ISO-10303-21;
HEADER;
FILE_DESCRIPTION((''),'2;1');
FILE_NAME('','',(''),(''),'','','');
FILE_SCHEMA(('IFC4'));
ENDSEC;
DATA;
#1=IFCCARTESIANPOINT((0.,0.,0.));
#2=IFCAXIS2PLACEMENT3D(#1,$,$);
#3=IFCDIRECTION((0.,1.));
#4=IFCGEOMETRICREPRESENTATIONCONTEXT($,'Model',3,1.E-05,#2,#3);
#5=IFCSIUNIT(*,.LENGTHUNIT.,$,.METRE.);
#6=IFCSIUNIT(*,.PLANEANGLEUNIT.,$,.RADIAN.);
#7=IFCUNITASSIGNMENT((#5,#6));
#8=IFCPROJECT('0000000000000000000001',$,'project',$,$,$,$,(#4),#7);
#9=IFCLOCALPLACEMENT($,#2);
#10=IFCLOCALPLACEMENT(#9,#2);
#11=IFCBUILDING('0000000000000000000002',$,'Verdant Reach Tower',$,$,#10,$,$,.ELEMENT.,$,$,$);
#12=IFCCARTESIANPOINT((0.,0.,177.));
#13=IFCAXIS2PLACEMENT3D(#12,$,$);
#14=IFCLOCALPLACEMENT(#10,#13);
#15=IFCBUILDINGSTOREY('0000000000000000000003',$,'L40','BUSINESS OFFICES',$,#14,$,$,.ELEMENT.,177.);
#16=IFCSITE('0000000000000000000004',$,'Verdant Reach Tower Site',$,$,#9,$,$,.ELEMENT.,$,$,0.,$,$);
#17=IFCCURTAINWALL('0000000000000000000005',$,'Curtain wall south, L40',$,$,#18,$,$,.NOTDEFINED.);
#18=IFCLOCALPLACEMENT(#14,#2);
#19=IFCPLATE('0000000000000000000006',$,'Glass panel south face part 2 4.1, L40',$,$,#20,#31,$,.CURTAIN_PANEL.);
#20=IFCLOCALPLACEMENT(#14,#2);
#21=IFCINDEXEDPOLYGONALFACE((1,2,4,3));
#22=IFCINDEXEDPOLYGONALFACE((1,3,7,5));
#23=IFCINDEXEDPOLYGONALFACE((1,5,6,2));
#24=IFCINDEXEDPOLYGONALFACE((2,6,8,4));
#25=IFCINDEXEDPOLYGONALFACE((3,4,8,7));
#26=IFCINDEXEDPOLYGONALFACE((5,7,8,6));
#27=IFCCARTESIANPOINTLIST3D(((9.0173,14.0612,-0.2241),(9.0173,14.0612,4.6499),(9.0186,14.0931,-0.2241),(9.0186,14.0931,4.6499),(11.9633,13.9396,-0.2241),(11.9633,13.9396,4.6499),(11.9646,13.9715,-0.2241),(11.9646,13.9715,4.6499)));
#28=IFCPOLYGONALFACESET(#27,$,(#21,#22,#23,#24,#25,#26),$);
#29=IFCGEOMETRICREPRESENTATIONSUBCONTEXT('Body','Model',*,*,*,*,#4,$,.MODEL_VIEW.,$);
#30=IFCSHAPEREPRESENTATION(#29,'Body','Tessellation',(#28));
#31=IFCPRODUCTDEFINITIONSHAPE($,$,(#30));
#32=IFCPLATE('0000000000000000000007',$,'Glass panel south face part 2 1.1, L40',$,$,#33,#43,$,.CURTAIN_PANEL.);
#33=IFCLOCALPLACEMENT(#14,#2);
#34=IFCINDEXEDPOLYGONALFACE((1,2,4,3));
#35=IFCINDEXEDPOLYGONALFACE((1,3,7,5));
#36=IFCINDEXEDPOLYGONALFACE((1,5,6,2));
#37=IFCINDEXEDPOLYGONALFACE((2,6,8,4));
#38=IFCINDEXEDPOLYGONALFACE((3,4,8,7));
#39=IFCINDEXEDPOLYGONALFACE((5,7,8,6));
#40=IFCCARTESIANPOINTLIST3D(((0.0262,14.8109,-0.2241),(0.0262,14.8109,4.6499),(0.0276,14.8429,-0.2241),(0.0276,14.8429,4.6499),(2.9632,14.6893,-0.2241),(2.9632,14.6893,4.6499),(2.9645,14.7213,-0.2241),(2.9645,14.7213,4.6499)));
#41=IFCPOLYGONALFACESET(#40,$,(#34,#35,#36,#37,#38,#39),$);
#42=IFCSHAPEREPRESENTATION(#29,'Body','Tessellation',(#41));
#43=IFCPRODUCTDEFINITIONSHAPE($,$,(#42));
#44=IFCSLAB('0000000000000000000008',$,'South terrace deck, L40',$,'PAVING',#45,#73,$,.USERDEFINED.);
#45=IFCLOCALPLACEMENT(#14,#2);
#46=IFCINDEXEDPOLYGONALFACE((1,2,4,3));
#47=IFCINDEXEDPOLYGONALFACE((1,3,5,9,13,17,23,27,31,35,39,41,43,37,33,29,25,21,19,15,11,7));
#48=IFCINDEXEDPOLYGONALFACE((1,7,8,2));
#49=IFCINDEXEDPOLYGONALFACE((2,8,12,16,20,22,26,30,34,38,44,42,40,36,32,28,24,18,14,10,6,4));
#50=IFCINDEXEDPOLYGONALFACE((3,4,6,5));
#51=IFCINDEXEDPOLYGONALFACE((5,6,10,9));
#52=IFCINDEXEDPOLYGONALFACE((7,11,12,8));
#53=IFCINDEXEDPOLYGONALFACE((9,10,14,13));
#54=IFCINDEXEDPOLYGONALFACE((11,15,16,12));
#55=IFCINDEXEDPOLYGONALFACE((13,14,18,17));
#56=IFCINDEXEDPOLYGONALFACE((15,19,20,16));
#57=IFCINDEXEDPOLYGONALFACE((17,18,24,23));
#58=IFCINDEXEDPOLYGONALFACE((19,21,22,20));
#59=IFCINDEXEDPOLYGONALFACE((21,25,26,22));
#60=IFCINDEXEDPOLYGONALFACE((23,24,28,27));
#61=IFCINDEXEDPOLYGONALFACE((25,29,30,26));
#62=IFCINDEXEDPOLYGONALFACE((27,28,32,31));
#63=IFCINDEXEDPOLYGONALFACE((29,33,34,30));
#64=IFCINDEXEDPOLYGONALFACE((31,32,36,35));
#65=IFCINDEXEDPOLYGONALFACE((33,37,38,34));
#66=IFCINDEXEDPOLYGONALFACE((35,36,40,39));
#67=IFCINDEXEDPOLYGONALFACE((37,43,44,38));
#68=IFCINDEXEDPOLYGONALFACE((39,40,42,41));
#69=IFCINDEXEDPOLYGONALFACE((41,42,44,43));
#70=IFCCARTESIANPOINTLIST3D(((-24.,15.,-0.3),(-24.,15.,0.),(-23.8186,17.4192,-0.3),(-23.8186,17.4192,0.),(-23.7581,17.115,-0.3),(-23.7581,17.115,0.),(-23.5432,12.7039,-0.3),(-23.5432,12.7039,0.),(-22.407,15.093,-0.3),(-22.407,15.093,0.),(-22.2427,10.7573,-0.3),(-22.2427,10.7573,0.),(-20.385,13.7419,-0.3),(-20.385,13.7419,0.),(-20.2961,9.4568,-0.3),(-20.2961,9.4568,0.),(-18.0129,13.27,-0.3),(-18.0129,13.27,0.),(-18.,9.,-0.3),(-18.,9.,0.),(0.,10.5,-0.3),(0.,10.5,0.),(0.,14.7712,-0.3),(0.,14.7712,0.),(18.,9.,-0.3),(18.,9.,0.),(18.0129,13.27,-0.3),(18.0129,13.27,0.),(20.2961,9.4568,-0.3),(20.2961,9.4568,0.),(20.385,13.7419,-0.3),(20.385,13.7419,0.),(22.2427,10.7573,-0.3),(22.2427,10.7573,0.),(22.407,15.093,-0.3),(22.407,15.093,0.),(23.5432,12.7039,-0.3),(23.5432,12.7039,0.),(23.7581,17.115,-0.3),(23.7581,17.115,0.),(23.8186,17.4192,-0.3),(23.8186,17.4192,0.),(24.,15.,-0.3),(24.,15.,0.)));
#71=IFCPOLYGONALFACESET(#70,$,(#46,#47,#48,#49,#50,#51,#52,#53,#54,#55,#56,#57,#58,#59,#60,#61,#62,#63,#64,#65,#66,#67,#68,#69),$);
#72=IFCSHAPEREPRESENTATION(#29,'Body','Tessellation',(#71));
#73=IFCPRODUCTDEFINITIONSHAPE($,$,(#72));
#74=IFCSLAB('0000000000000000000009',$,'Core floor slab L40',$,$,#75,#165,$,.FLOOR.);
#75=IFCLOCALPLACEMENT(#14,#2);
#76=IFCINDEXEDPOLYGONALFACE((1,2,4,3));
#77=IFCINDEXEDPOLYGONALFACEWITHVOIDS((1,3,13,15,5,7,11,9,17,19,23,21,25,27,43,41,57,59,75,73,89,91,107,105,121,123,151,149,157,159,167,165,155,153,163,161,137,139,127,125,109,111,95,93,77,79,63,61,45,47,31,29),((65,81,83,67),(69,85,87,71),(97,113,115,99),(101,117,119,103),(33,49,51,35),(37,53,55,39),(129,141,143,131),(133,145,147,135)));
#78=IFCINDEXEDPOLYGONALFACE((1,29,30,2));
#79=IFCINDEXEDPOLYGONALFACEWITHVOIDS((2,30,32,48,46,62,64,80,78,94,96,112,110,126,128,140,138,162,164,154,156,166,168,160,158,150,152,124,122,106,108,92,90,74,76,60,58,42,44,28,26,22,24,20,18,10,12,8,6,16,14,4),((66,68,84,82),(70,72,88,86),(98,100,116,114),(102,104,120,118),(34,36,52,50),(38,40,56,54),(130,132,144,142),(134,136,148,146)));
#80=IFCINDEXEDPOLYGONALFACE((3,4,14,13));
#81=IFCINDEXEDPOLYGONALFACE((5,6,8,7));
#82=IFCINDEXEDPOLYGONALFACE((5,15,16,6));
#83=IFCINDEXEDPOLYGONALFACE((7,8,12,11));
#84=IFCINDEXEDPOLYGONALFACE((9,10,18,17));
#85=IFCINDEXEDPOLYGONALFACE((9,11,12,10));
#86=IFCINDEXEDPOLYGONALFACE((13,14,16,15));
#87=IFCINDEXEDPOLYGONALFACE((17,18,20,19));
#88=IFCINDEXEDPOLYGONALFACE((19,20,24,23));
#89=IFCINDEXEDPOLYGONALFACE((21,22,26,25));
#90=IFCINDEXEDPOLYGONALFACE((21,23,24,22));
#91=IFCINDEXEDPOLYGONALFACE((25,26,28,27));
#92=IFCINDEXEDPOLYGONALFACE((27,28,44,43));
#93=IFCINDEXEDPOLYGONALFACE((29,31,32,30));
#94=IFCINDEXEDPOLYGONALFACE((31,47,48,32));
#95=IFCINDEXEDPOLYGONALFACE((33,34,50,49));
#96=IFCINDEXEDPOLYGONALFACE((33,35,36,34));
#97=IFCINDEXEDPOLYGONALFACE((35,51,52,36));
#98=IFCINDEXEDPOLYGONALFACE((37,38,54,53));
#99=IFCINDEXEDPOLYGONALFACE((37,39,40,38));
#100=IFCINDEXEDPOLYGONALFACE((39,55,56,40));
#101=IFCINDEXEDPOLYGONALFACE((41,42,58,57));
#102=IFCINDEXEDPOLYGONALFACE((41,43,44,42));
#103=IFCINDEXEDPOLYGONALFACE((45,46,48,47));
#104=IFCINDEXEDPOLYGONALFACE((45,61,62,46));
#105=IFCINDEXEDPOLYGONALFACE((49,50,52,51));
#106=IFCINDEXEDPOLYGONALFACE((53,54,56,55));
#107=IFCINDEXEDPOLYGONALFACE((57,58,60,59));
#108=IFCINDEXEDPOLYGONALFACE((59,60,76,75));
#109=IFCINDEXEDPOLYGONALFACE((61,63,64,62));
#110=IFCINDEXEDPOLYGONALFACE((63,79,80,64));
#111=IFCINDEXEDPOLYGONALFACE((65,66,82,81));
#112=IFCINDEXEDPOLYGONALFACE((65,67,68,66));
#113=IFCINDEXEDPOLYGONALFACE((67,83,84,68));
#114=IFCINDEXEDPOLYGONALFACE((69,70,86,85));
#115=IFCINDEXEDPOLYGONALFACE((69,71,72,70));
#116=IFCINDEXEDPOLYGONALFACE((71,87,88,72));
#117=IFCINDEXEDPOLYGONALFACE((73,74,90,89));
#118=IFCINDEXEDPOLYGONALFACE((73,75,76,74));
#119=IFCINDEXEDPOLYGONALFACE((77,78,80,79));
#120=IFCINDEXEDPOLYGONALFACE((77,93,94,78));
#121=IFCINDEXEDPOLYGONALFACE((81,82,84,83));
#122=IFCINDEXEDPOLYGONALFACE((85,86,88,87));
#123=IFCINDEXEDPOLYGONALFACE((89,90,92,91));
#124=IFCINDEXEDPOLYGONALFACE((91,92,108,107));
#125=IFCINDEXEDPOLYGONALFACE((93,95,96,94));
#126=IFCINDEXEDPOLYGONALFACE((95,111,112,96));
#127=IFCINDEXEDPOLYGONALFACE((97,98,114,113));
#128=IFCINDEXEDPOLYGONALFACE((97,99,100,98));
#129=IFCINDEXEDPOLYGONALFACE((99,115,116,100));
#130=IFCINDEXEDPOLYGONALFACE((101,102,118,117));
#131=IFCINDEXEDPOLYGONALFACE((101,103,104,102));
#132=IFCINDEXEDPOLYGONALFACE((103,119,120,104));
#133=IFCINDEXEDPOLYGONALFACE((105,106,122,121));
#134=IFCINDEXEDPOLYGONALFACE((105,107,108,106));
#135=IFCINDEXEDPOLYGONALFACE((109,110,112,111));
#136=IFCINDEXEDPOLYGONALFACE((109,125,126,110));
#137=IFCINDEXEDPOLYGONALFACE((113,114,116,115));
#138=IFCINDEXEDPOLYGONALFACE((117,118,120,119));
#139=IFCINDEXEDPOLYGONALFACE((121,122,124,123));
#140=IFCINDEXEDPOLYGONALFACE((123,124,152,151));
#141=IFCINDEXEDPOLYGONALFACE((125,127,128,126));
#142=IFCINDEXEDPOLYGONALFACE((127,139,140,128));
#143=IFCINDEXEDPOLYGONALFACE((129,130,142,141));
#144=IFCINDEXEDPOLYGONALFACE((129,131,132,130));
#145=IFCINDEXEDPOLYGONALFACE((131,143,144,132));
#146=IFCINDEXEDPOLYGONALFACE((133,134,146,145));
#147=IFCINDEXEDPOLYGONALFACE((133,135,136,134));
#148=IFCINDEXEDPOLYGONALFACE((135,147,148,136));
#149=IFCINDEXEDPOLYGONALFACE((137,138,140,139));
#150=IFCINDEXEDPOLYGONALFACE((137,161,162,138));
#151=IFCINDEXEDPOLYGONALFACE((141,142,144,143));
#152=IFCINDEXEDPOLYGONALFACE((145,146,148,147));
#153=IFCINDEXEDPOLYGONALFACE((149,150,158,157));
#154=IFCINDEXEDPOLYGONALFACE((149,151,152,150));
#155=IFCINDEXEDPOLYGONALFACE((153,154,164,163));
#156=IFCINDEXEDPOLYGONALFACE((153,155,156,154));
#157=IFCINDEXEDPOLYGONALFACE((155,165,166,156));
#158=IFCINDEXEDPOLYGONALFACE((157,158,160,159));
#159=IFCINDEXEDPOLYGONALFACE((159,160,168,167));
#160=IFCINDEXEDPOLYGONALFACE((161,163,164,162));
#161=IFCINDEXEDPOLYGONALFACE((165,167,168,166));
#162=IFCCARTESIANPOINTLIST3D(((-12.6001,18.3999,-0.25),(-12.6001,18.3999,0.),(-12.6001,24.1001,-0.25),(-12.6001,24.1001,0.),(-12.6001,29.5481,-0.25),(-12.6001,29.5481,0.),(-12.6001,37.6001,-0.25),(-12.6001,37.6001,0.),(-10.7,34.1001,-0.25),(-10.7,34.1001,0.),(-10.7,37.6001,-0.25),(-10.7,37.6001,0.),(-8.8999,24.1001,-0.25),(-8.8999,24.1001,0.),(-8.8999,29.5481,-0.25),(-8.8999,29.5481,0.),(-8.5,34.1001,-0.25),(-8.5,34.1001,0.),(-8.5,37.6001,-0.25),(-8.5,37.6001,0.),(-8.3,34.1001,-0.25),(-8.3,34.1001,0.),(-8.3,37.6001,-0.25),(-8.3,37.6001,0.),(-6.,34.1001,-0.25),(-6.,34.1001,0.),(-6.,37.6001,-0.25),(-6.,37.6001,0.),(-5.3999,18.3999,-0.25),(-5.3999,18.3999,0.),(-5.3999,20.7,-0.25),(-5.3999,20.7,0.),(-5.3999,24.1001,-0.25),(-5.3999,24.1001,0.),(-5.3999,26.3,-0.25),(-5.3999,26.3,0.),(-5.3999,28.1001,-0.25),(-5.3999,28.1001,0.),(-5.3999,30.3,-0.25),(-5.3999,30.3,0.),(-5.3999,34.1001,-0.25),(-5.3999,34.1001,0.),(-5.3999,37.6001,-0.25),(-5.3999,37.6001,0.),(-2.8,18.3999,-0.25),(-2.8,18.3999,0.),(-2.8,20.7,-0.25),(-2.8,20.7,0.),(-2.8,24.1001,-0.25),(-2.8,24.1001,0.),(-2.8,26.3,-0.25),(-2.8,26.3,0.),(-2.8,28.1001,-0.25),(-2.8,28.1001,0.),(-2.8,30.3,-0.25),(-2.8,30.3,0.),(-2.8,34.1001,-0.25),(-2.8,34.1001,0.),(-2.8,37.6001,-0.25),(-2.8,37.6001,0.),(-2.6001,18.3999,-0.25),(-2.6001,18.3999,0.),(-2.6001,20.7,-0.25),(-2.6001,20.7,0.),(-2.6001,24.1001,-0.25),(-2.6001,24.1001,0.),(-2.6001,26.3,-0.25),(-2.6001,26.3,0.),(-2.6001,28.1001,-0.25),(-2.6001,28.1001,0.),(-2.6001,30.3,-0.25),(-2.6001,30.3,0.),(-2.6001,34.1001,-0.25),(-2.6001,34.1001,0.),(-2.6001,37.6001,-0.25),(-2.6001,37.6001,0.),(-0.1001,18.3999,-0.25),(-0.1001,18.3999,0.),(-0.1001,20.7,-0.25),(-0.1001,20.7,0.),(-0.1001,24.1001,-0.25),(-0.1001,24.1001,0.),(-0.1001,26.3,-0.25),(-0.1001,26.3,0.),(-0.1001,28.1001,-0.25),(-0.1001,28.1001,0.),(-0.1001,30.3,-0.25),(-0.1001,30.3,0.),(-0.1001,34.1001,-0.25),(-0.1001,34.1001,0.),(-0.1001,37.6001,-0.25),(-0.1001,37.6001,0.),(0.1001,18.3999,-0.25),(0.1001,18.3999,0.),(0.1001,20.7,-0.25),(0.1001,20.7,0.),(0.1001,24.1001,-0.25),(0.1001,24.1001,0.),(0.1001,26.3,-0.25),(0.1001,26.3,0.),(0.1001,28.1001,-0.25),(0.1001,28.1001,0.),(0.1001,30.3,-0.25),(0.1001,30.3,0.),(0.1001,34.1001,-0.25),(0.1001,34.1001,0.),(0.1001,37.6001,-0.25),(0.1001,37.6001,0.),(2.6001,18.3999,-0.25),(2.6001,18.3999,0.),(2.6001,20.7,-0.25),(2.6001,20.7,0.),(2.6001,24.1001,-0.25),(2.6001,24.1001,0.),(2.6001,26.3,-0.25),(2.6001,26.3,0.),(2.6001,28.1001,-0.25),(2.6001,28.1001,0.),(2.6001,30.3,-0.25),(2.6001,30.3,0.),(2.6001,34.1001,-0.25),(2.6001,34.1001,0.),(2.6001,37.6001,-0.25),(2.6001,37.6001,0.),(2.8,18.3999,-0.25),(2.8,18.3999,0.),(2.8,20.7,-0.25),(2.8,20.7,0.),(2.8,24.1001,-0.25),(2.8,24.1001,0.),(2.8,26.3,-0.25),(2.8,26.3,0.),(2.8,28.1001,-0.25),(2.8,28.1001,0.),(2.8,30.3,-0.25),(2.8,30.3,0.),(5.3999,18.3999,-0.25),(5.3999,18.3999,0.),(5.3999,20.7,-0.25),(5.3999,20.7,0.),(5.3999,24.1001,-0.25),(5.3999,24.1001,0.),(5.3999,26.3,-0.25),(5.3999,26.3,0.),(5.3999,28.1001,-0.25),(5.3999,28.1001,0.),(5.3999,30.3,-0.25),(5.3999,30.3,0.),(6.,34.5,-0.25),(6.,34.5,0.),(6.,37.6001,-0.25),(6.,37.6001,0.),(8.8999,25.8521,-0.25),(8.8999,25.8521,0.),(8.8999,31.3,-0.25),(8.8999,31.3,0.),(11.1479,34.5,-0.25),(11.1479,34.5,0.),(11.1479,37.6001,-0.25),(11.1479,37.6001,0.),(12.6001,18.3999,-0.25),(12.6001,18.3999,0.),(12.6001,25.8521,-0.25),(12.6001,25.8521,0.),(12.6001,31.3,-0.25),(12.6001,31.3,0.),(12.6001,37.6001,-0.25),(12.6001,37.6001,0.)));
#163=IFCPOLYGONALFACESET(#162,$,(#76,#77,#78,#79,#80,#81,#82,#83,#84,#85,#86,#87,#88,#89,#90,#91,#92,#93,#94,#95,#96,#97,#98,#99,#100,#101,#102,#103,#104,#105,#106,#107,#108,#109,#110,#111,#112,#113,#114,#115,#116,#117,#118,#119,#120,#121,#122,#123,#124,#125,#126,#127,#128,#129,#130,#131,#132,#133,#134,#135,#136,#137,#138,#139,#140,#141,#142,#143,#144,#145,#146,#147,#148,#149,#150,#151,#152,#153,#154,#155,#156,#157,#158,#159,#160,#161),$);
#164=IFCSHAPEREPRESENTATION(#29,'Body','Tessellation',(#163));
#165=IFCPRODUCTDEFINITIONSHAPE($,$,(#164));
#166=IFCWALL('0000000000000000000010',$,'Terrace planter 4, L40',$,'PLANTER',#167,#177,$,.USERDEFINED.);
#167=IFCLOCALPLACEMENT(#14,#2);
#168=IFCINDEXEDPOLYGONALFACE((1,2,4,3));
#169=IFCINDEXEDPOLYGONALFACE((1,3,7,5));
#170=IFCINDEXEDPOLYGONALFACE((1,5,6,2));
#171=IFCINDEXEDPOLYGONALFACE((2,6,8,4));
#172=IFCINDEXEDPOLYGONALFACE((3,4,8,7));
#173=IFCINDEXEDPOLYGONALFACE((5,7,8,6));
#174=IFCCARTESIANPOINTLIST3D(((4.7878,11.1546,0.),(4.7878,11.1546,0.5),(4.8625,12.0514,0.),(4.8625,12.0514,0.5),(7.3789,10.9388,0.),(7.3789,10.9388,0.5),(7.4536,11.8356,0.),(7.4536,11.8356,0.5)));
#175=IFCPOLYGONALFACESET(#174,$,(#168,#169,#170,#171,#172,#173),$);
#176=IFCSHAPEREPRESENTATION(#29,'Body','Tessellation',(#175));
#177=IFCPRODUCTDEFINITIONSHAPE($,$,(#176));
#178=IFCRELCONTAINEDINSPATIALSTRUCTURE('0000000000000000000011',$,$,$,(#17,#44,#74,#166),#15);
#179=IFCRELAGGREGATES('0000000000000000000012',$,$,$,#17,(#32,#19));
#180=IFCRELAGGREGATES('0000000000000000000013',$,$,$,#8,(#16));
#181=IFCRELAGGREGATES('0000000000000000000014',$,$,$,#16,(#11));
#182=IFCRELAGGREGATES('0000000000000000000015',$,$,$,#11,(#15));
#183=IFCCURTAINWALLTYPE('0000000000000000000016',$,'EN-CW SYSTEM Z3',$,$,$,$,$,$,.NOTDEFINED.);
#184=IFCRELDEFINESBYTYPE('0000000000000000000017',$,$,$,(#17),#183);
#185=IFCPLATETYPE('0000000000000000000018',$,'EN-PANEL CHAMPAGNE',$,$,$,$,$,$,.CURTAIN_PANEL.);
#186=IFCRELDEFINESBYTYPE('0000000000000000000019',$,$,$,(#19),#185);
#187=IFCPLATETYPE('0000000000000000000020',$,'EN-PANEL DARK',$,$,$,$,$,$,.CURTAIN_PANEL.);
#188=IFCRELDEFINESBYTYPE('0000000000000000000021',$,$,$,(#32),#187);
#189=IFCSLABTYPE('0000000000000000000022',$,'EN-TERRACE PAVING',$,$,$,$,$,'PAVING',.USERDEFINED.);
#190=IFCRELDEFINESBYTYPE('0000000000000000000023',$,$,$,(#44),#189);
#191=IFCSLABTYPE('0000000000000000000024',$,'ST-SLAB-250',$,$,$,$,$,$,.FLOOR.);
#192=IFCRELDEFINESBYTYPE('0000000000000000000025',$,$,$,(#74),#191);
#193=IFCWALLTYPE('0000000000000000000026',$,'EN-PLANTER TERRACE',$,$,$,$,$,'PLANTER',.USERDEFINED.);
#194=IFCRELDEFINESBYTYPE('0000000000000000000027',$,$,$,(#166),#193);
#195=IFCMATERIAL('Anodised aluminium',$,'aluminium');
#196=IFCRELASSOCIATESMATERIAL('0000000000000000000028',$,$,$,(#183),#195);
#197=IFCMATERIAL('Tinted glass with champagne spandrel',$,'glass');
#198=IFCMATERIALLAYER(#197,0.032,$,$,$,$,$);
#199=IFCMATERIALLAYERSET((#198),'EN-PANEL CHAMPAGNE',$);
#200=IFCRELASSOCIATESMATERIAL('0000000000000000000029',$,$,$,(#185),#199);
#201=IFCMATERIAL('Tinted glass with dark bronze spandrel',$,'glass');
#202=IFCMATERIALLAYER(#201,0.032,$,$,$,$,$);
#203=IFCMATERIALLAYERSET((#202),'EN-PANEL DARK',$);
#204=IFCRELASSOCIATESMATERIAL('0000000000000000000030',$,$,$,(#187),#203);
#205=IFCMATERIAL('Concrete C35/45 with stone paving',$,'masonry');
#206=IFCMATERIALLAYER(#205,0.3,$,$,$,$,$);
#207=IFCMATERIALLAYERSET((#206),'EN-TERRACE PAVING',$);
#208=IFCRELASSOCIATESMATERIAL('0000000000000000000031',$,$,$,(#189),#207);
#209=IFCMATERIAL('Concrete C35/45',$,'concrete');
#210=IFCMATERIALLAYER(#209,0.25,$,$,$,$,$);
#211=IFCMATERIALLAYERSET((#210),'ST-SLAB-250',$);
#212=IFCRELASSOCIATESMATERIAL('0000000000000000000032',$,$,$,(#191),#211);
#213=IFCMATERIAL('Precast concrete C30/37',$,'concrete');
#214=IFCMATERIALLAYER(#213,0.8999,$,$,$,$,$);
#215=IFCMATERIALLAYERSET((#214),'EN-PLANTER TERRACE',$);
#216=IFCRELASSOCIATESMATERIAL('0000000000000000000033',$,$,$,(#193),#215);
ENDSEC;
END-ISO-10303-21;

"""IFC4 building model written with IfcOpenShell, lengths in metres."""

from ifc_helpers import new_model, si_unit, direction, frame, frame_2d, origin, origin_2d, place, context, subcontext, project, spatial, polyline, rectangle, outline, extrude, material, layer, layer_set, type_object, element, aggregate, save


model = new_model("IFC4")

# Units and contexts
model_context = context("Model", 3, precision=1e-05, world=origin(), true_north=direction((0.0, 1.0)))
body_context = subcontext(model_context, "Body", "Model", "MODEL_VIEW")
ifc_project = project(units=[si_unit("LENGTHUNIT", "METRE"), si_unit("PLANEANGLEUNIT", "RADIAN")], contexts=[model_context])

# Site, building, storey
site_placement = place(None, origin())
site = spatial("IfcSite", under=ifc_project, at=site_placement, Name="Verdant Reach Tower Site", CompositionType="ELEMENT", RefElevation=0.0)
building_placement = place(site_placement, origin())
building = spatial("IfcBuilding", under=site, at=building_placement, Name="Verdant Reach Tower", CompositionType="ELEMENT")
storey_placement = place(building_placement, frame((0.0, 0.0, 177.0)))
storey = spatial("IfcBuildingStorey", under=building, at=storey_placement, Name="L40", Description="BUSINESS OFFICES", CompositionType="ELEMENT", Elevation=177.0)

# Curtain wall
ifc_material_1 = material(Name="Anodised aluminium", Category="aluminium")
curtain_wall_type = type_object("IfcCurtainWallType", Name="EN-CW SYSTEM Z3", PredefinedType="NOTDEFINED", material=ifc_material_1)
curtain_wall_placement = place(storey_placement, origin())
curtain_wall = element("IfcCurtainWall", 1, at=curtain_wall_placement, inside=storey, type_object=curtain_wall_type, Name="Curtain wall south, L40", PredefinedType="NOTDEFINED")

# Plates
ifc_material_2 = material(Name="Tinted glass with champagne spandrel", Category="glass")
ifc_layer_1 = layer(ifc_material_2, 0.032)
ifc_layer_set_1 = layer_set([ifc_layer_1], Name="EN-PANEL CHAMPAGNE")
plate_type_1 = type_object("IfcPlateType", Name="EN-PANEL CHAMPAGNE", PredefinedType="CURTAIN_PANEL", material=ifc_layer_set_1)
plate_1_placement = place(storey_placement, frame((10.491, 14.0164, -0.2241), z_axis=(0.0, 0.0, 1.0), x_axis=(0.999149, -0.041242, 0.0)))
plate_1 = element("IfcPlate", 2, at=plate_1_placement, type_object=plate_type_1, Name="Glass panel south face part 2 4.1, L40", PredefinedType="CURTAIN_PANEL", context=body_context, shape_type="SweptSolid", body=[
    extrude(rectangle(XDim=2.9485, YDim=0.032, at=origin_2d()), origin(), (0.0, 0.0, 1.0), 4.874),
])
ifc_material_3 = material(Name="Tinted glass with dark bronze spandrel", Category="glass")
ifc_layer_2 = layer(ifc_material_3, 0.032)
ifc_layer_set_2 = layer_set([ifc_layer_2], Name="EN-PANEL DARK")
plate_type_2 = type_object("IfcPlateType", Name="EN-PANEL DARK", PredefinedType="CURTAIN_PANEL", material=ifc_layer_set_2)
plate_2_placement = place(storey_placement, frame((1.4954, 14.7661, -0.2241), z_axis=(0.0, 0.0, 1.0), x_axis=(0.999144, -0.041367, 0.0)))
plate_2 = element("IfcPlate", 3, at=plate_2_placement, type_object=plate_type_2, Name="Glass panel south face part 2 1.1, L40", PredefinedType="CURTAIN_PANEL", context=body_context, shape_type="SweptSolid", body=[
    extrude(rectangle(XDim=2.9395, YDim=0.032, at=origin_2d()), origin(), (0.0, 0.0, 1.0), 4.874),
])
aggregate(curtain_wall, [plate_2, plate_1])

# Slabs
ifc_material_4 = material(Name="Concrete C35/45 with stone paving", Category="masonry")
ifc_layer_3 = layer(ifc_material_4, 0.3)
ifc_layer_set_3 = layer_set([ifc_layer_3], Name="EN-TERRACE PAVING")
slab_type_1 = type_object("IfcSlabType", Name="EN-TERRACE PAVING", ElementType="PAVING", PredefinedType="USERDEFINED", material=ifc_layer_set_3)
slab_1_placement = place(storey_placement, frame((0.0, 0.0, -0.3)))
element("IfcSlab", 4, at=slab_1_placement, inside=storey, type_object=slab_type_1, Name="South terrace deck, L40", ObjectType="PAVING", PredefinedType="USERDEFINED", context=body_context, shape_type="SweptSolid", body=[
    extrude(outline(polyline([(24.0, 15.0), (23.5432, 12.7039), (22.2427, 10.7573), (20.2961, 9.4568), (18.0, 9.0), (0.0, 10.5), (-18.0, 9.0), (-20.2961, 9.4568), (-22.2427, 10.7573), (-23.5432, 12.7039), (-24.0, 15.0), (-23.8186, 17.4192), (-23.7581, 17.115), (-22.407, 15.093), (-20.385, 13.7419), (-18.0129, 13.27), (0.0, 14.7712), (18.0129, 13.27), (20.385, 13.7419), (22.407, 15.093), (23.7581, 17.115), (23.8186, 17.4192), (24.0, 15.0)])), origin(), (0.0, 0.0, 1.0), 0.3),
])
ifc_material_5 = material(Name="Concrete C35/45", Category="concrete")
ifc_layer_4 = layer(ifc_material_5, 0.25)
ifc_layer_set_4 = layer_set([ifc_layer_4], Name="ST-SLAB-250")
slab_type_2 = type_object("IfcSlabType", Name="ST-SLAB-250", PredefinedType="FLOOR", material=ifc_layer_set_4)
slab_2_placement = place(storey_placement, frame((0.0, 0.0, -0.25)))
element("IfcSlab", 5, at=slab_2_placement, inside=storey, type_object=slab_type_2, Name="Core floor slab L40", PredefinedType="FLOOR", context=body_context, shape_type="SweptSolid", body=[
    extrude(outline(polyline([(12.6001, 18.3999), (5.3999, 18.3999), (5.3999, 20.7), (2.8, 20.7), (2.8, 18.3999), (2.6001, 18.3999), (2.6001, 20.7), (0.1001, 20.7), (0.1001, 18.3999), (-0.1001, 18.3999), (-0.1001, 20.7), (-2.6001, 20.7), (-2.6001, 18.3999), (-2.8, 18.3999), (-2.8, 20.7), (-5.3999, 20.7), (-5.3999, 18.3999), (-12.6001, 18.3999), (-12.6001, 24.1001), (-8.8999, 24.1001), (-8.8999, 29.5481), (-12.6001, 29.5481), (-12.6001, 37.6001), (-10.7, 37.6001), (-10.7, 34.1001), (-8.5, 34.1001), (-8.5, 37.6001), (-8.3, 37.6001), (-8.3, 34.1001), (-6.0, 34.1001), (-6.0, 37.6001), (-5.3999, 37.6001), (-5.3999, 34.1001), (-2.8, 34.1001), (-2.8, 37.6001), (-2.6001, 37.6001), (-2.6001, 34.1001), (-0.1001, 34.1001), (-0.1001, 37.6001), (0.1001, 37.6001), (0.1001, 34.1001), (2.6001, 34.1001), (2.6001, 37.6001), (6.0, 37.6001), (6.0, 34.5), (11.1479, 34.5), (11.1479, 37.6001), (12.6001, 37.6001), (12.6001, 31.3), (8.8999, 31.3), (8.8999, 25.8521), (12.6001, 25.8521), (12.6001, 18.3999)]), holes=[polyline([(-2.8, 24.1001), (-2.8, 26.3), (-5.3999, 26.3), (-5.3999, 24.1001), (-2.8, 24.1001)]), polyline([(-2.6001, 24.1001), (-0.1001, 24.1001), (-0.1001, 26.3), (-2.6001, 26.3), (-2.6001, 24.1001)]), polyline([(-2.8, 28.1001), (-2.8, 30.3), (-5.3999, 30.3), (-5.3999, 28.1001), (-2.8, 28.1001)]), polyline([(-0.1001, 28.1001), (-0.1001, 30.3), (-2.6001, 30.3), (-2.6001, 28.1001), (-0.1001, 28.1001)]), polyline([(2.6001, 24.1001), (2.6001, 26.3), (0.1001, 26.3), (0.1001, 24.1001), (2.6001, 24.1001)]), polyline([(2.8, 24.1001), (5.3999, 24.1001), (5.3999, 26.3), (2.8, 26.3), (2.8, 24.1001)]), polyline([(2.6001, 28.1001), (2.6001, 30.3), (0.1001, 30.3), (0.1001, 28.1001), (2.6001, 28.1001)]), polyline([(5.3999, 28.1001), (5.3999, 30.3), (2.8, 30.3), (2.8, 28.1001), (5.3999, 28.1001)])]), origin(), (0.0, 0.0, 1.0), 0.25),
])

# Wall
ifc_material_6 = material(Name="Precast concrete C30/37", Category="concrete")
ifc_layer_5 = layer(ifc_material_6, 0.8999)
ifc_layer_set_5 = layer_set([ifc_layer_5], Name="EN-PLANTER TERRACE")
wall_type_1 = type_object("IfcWallType", Name="EN-PLANTER TERRACE", ElementType="PLANTER", PredefinedType="USERDEFINED", material=ifc_layer_set_5)
for number, where, z_axis, x_axis, name in (
    (6, (7.4163, 11.3872, 0.0), (0.0, 0.0, 1.0), (-0.996549, 0.083007, 0.0), "Terrace planter 4, L40"),
):
    element("IfcWall", number, at=place(storey_placement, frame(where, z_axis=z_axis, x_axis=x_axis)), inside=storey, type_object=wall_type_1, Name=name, ObjectType="PLANTER", PredefinedType="USERDEFINED", context=body_context, shape_type="SweptSolid", body=[
        extrude(rectangle(XDim=2.6001, YDim=0.8999, at=frame_2d((1.3, 0.0))), origin(), (0.0, 0.0, 1.0), 0.5),
    ])

save(model, "model.ifc")
